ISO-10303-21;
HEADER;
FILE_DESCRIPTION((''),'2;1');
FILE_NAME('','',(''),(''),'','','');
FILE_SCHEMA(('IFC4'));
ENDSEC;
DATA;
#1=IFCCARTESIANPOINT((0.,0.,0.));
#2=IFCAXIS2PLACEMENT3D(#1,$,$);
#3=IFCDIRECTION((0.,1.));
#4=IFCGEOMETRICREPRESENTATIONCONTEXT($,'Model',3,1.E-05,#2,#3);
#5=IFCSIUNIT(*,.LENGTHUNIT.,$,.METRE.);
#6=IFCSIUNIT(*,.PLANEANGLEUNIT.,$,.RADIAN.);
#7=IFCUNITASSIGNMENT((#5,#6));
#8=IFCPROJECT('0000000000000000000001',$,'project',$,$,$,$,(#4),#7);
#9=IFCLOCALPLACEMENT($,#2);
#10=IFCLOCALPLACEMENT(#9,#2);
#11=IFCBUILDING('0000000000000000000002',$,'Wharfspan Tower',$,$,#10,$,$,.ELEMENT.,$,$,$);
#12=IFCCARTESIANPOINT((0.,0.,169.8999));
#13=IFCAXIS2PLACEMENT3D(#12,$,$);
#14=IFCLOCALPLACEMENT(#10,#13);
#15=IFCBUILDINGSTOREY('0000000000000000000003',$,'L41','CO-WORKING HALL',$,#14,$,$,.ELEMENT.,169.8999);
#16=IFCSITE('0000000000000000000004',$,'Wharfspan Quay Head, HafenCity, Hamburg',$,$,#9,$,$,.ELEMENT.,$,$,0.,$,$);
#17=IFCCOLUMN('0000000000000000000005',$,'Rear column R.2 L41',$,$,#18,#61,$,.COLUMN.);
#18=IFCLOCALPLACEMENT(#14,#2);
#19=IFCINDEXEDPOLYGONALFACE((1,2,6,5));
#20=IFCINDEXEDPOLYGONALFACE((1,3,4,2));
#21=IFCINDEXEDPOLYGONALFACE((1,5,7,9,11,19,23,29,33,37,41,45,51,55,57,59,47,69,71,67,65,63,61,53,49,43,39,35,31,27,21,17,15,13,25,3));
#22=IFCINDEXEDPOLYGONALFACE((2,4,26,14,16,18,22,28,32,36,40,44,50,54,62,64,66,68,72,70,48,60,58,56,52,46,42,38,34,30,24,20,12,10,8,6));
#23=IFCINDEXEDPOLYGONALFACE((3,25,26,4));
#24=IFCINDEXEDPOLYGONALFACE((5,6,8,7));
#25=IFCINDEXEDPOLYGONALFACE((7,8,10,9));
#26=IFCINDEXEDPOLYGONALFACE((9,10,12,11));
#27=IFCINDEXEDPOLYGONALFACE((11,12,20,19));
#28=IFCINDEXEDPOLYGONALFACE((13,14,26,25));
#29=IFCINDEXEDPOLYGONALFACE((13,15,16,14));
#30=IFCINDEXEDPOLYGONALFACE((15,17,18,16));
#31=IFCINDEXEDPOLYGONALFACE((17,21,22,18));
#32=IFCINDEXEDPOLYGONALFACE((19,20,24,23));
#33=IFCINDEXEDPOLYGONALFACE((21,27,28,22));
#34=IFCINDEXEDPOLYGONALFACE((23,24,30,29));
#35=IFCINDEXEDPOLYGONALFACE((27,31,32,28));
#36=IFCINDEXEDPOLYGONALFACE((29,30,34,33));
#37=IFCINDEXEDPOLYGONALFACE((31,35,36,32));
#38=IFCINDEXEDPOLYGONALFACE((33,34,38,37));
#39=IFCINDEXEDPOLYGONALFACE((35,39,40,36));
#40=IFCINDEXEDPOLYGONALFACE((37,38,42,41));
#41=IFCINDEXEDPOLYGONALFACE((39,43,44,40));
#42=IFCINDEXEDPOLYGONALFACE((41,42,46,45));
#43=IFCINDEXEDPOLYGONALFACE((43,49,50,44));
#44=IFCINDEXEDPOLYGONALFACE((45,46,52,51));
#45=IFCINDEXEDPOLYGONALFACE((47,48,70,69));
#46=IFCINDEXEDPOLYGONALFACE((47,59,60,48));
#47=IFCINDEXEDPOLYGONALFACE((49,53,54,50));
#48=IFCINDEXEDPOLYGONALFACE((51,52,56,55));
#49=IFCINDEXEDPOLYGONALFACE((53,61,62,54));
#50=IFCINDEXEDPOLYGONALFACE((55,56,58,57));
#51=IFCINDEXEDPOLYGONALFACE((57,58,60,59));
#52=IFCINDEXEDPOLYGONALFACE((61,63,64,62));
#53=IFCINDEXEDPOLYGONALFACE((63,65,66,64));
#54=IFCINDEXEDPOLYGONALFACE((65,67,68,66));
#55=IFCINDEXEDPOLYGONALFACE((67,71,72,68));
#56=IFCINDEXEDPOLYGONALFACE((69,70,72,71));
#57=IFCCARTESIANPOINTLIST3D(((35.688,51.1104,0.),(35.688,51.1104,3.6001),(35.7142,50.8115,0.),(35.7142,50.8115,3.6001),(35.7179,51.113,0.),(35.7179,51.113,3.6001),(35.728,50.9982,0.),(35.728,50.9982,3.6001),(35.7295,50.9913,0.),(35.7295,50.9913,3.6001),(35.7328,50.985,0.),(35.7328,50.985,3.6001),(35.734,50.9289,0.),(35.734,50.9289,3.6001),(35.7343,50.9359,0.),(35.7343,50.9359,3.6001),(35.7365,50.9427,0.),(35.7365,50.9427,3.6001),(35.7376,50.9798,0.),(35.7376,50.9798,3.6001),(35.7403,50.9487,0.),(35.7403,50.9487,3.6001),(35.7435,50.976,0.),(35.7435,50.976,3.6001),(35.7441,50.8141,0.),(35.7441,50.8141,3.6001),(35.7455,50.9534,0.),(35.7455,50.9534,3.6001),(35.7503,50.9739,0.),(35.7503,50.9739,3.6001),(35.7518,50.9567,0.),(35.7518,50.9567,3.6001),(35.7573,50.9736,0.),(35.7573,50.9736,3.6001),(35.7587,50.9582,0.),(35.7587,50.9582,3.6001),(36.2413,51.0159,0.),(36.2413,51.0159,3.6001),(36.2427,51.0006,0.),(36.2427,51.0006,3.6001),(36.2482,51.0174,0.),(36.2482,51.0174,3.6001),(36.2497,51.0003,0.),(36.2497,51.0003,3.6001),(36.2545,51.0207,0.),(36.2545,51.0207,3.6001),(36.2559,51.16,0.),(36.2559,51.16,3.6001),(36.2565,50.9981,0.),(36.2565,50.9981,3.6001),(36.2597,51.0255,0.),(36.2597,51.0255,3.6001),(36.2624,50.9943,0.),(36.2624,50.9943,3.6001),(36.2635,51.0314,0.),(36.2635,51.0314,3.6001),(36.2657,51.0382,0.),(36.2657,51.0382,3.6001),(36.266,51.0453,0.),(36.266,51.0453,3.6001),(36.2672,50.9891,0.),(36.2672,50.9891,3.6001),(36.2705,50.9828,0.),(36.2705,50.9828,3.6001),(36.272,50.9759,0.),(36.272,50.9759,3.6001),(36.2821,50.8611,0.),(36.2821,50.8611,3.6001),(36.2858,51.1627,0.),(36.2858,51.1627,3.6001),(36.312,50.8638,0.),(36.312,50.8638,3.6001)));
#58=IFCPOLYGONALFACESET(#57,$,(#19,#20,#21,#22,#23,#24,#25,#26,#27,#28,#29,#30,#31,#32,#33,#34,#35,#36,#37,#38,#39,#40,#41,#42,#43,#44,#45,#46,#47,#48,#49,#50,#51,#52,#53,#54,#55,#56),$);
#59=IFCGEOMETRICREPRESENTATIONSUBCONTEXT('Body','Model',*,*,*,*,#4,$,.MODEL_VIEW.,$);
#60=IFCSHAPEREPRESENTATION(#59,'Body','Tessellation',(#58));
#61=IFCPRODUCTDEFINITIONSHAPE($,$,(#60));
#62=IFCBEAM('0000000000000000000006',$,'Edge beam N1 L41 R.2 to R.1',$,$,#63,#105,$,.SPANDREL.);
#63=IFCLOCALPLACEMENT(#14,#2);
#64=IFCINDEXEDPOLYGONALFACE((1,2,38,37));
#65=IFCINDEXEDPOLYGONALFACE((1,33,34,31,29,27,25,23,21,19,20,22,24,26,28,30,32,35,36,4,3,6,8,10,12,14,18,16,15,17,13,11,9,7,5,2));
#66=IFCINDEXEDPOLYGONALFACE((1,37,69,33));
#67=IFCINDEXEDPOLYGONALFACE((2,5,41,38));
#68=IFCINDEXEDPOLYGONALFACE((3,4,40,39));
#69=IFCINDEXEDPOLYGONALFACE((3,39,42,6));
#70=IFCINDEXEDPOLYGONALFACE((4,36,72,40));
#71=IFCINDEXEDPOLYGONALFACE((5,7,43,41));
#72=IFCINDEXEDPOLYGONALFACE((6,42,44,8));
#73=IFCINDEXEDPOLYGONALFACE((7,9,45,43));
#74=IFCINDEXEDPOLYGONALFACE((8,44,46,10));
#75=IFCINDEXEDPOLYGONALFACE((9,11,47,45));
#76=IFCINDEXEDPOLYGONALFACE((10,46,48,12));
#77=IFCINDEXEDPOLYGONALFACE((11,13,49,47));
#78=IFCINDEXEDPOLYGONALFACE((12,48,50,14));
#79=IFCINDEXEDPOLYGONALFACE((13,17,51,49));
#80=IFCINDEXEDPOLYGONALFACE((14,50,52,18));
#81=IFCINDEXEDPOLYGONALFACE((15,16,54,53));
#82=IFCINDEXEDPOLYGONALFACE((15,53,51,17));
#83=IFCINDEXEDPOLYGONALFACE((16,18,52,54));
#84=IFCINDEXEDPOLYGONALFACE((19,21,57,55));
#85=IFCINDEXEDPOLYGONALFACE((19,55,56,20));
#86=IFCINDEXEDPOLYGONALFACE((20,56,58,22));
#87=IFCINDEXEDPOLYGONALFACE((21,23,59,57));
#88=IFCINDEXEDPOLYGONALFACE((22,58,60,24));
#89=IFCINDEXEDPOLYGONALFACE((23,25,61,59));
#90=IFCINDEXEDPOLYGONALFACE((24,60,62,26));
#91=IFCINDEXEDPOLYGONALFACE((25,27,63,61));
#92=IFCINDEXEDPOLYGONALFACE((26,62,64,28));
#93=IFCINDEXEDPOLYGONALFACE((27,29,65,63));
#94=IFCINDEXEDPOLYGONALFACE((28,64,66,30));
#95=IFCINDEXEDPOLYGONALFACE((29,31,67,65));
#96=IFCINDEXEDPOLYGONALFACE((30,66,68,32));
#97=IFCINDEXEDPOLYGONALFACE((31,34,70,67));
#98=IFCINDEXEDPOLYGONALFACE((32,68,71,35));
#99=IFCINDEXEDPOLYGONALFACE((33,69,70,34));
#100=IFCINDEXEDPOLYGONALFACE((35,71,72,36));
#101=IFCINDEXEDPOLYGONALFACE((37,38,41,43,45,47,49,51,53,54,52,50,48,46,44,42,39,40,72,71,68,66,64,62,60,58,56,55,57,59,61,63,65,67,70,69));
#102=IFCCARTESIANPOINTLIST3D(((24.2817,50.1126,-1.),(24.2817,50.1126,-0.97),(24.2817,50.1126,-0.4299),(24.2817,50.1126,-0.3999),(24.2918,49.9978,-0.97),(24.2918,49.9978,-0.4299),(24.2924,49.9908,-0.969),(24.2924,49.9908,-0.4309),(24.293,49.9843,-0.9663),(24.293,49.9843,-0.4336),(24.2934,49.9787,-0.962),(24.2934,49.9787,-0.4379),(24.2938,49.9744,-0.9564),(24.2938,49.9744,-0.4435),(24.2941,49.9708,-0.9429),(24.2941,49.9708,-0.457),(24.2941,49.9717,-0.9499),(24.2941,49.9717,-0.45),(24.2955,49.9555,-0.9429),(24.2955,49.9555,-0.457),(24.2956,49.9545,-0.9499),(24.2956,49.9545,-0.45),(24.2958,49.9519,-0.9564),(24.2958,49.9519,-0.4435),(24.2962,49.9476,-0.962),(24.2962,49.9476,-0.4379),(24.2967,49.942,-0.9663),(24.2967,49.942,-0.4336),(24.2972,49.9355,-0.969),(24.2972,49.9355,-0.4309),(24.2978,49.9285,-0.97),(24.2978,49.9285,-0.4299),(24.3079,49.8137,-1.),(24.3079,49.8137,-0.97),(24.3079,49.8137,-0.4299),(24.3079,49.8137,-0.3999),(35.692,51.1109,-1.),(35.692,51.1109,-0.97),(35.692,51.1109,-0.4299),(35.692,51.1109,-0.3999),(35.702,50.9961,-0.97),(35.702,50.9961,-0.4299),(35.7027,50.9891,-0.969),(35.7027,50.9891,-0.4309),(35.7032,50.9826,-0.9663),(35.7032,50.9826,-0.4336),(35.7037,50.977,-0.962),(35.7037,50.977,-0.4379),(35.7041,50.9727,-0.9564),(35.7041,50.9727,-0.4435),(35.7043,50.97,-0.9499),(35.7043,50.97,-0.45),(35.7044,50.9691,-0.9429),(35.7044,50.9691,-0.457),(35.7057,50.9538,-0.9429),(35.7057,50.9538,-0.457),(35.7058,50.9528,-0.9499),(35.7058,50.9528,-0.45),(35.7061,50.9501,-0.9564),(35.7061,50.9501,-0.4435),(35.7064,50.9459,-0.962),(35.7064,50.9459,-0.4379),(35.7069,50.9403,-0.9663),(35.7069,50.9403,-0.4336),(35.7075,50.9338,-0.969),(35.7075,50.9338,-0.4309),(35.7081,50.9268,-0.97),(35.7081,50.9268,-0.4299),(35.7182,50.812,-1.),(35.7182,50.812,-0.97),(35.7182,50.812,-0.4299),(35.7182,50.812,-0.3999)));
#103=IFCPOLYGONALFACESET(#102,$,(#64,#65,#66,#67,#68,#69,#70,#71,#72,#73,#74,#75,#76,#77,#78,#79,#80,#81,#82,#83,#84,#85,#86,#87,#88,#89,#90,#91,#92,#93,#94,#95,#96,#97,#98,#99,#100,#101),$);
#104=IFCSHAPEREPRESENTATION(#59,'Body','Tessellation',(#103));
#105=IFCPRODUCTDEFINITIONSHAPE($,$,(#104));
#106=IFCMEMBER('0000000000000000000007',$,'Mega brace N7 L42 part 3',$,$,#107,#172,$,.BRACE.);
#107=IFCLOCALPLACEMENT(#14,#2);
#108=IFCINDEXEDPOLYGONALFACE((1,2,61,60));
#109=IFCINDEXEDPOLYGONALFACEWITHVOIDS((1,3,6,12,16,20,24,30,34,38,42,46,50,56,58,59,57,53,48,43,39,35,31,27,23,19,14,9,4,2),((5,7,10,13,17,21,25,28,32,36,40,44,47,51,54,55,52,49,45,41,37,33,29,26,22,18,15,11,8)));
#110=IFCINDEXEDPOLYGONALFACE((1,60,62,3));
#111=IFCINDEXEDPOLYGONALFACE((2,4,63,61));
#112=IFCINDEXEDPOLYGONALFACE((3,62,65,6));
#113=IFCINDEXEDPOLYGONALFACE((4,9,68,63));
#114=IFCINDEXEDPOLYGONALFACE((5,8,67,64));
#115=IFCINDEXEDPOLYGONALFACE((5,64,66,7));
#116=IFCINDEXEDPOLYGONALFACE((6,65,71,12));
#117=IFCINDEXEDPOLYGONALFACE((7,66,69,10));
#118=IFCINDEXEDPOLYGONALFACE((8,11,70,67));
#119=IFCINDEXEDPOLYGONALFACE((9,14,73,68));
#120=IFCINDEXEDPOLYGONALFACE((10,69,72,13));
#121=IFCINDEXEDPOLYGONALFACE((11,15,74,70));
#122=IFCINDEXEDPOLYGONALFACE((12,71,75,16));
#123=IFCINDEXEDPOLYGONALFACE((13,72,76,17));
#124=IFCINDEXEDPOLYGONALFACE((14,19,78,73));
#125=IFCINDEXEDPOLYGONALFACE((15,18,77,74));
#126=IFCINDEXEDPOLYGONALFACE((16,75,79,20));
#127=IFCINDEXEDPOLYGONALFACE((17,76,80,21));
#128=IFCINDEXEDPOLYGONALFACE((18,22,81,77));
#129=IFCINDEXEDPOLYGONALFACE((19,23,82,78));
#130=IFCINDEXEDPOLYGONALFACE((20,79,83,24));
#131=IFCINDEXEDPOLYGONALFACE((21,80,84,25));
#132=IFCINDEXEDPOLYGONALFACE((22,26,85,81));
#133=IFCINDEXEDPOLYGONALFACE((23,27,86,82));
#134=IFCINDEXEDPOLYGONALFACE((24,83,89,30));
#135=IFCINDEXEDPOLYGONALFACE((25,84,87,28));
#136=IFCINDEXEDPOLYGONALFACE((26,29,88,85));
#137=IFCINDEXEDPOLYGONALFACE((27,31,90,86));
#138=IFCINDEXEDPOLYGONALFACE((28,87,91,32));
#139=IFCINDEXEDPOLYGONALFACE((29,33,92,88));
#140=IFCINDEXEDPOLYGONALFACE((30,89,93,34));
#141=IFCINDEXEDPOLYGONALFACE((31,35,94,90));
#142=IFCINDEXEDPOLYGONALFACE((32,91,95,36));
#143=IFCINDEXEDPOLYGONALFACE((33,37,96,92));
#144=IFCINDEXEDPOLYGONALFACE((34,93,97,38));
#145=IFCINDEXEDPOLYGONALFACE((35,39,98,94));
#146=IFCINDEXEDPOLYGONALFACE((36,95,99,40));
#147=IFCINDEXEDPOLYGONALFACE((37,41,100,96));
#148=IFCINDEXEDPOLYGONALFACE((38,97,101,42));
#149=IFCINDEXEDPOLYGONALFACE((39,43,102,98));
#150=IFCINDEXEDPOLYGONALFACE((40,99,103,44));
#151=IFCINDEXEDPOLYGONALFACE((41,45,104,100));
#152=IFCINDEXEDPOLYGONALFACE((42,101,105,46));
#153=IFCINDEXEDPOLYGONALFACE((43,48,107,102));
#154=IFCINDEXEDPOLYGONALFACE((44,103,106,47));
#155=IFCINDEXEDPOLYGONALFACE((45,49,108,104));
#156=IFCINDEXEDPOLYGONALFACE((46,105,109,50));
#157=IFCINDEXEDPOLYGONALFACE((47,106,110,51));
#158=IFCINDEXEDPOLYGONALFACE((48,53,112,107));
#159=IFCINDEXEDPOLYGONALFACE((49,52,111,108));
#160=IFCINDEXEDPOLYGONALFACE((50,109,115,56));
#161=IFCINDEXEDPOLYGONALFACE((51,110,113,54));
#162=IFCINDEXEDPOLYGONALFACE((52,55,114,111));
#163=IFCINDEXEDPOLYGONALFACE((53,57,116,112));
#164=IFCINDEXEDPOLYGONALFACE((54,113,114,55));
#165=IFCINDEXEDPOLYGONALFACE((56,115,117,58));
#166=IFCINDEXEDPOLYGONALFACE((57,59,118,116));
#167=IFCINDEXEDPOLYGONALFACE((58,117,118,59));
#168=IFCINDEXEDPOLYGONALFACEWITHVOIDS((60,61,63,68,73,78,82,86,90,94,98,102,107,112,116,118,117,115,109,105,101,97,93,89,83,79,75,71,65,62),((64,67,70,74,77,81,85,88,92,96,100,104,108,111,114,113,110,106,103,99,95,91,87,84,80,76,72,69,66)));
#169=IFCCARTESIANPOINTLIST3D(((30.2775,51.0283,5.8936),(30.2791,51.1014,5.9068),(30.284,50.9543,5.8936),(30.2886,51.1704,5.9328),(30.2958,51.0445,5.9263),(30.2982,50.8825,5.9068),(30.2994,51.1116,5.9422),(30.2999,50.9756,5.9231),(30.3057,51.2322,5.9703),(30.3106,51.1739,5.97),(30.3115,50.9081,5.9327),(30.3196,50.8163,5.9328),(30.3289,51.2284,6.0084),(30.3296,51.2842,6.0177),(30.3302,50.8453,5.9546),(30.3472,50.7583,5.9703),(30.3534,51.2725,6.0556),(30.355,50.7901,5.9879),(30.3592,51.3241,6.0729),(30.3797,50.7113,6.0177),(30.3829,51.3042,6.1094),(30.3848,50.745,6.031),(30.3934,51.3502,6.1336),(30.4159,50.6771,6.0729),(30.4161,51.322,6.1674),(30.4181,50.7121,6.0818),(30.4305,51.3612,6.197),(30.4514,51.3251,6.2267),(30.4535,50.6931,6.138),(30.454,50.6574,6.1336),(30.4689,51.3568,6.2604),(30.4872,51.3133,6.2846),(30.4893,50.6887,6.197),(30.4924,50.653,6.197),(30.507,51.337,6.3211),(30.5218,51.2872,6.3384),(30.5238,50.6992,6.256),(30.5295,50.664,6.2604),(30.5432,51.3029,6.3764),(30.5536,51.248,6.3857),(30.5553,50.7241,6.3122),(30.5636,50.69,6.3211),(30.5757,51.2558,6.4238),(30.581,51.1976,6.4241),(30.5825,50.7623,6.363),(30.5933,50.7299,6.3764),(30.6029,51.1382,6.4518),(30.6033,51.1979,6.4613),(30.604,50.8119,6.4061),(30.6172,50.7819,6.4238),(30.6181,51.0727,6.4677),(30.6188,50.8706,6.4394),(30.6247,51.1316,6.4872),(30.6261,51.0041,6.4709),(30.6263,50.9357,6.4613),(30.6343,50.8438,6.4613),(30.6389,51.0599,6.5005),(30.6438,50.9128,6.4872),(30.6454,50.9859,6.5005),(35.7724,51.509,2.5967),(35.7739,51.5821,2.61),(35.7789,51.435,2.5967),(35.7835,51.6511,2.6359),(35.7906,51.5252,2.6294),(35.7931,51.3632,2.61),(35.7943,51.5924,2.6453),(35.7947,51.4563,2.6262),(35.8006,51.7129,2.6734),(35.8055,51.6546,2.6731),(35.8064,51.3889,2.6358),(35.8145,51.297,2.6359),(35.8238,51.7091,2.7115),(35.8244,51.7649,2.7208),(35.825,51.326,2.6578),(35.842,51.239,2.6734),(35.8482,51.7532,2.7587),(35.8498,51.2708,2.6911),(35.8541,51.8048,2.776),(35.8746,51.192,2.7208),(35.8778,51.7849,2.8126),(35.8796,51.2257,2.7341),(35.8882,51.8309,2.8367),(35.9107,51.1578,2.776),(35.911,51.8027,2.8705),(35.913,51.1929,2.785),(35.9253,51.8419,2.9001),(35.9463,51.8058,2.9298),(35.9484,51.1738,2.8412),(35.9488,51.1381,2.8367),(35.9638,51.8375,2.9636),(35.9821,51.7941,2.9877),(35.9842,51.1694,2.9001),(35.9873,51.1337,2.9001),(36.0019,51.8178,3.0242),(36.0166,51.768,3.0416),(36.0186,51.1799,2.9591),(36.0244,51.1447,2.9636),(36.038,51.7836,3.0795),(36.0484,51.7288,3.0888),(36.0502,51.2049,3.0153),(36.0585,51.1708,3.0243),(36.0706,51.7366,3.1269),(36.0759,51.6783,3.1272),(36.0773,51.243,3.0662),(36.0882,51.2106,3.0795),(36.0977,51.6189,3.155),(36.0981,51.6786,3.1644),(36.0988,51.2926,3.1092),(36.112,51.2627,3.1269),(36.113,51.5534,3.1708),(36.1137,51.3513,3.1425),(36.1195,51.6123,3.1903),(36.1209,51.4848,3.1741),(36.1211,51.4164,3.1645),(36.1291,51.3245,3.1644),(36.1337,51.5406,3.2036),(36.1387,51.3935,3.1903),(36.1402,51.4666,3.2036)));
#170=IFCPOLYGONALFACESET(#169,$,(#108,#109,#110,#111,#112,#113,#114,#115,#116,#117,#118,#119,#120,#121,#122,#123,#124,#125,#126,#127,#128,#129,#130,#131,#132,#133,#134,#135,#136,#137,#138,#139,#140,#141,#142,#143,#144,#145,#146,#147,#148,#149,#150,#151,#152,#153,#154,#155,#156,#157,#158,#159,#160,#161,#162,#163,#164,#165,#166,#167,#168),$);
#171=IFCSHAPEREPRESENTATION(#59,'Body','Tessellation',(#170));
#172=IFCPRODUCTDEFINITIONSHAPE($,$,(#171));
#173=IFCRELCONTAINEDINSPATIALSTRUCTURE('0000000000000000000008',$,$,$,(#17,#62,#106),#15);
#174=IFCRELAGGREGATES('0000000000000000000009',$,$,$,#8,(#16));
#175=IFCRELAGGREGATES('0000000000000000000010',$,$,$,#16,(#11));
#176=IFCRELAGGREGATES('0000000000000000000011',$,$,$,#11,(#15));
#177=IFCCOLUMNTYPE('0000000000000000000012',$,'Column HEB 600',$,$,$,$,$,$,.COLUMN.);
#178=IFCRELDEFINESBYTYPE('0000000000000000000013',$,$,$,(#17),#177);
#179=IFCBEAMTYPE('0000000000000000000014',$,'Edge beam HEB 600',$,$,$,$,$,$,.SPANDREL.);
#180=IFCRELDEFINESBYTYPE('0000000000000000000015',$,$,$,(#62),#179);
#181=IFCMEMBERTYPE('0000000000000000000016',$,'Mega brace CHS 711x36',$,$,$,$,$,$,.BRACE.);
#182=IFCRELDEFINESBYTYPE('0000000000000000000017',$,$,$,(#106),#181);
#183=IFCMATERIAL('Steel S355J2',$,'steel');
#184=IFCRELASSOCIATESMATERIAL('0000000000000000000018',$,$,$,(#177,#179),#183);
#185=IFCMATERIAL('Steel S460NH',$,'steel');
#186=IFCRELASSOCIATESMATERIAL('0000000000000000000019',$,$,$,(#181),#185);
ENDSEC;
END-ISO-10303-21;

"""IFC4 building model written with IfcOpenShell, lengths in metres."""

from ifc_helpers import new_model, si_unit, direction, frame, origin, origin_2d, place, context, subcontext, project, spatial, hollow_circle, i_section, extrude, material, material_profile, profile_set, type_object, element, save


model = new_model("IFC4")

# Units and contexts
model_context = context("Model", 3, precision=1e-05, world=origin(), true_north=direction((0.0, 1.0)))
body_context = subcontext(model_context, "Body", "Model", "MODEL_VIEW")
ifc_project = project(units=[si_unit("LENGTHUNIT", "METRE"), si_unit("PLANEANGLEUNIT", "RADIAN")], contexts=[model_context])

# Site, building, storey
site_placement = place(None, origin())
site = spatial("IfcSite", under=ifc_project, at=site_placement, Name="Wharfspan Quay Head, HafenCity, Hamburg", CompositionType="ELEMENT", RefElevation=0.0)
building_placement = place(site_placement, origin())
building = spatial("IfcBuilding", under=site, at=building_placement, Name="Wharfspan Tower", CompositionType="ELEMENT")
storey_placement = place(building_placement, frame((0.0, 0.0, 169.8999)))
storey = spatial("IfcBuildingStorey", under=building, at=storey_placement, Name="L41", Description="CO-WORKING HALL", CompositionType="ELEMENT", Elevation=169.8999)

# Column
ifc_material_1 = material(Name="Steel S355J2", Category="steel")
ifc_material_profile_1 = material_profile(ifc_material_1, i_section(OverallWidth=0.3, OverallDepth=0.6001, WebThickness=0.0154, FlangeThickness=0.03, FilletRadius=0.0271, at=origin_2d()))
ifc_profile_set_1 = profile_set([ifc_material_profile_1], Name="Steel S355J2")
column_type = type_object("IfcColumnType", Name="Column HEB 600", PredefinedType="COLUMN", material=ifc_profile_set_1)
column_placement = place(storey_placement, frame((36.0, 50.9871, 0.0), z_axis=(0.0, 0.0, 1.0), x_axis=(-0.087156, 0.996198, 0.0)))
element("IfcColumn", 1, at=column_placement, inside=storey, type_object=column_type, Name="Rear column R.2 L41", PredefinedType="COLUMN", context=body_context, shape_type="SweptSolid", body=[
    extrude(i_section(OverallWidth=0.3, OverallDepth=0.6001, WebThickness=0.0154, FlangeThickness=0.03, FilletRadius=0.0271, at=origin_2d()), origin(), (0.0, 0.0, 1.0), 3.6001),
])

# Beam
ifc_material_profile_2 = material_profile(ifc_material_1, i_section(OverallWidth=0.3, OverallDepth=0.6001, WebThickness=0.0154, FlangeThickness=0.03, FilletRadius=0.0271, at=origin_2d()))
ifc_profile_set_2 = profile_set([ifc_material_profile_2], Name="Steel S355J2")
beam_type = type_object("IfcBeamType", Name="Edge beam HEB 600", PredefinedType="SPANDREL", material=ifc_profile_set_2)
beam_placement = place(storey_placement, frame((35.7051, 50.9614, -0.7), z_axis=(-0.996194, -0.087158, 0.0), x_axis=(0.087158, -0.996194, 0.0)))
element("IfcBeam", 2, at=beam_placement, inside=storey, type_object=beam_type, Name="Edge beam N1 L41 R.2 to R.1", PredefinedType="SPANDREL", context=body_context, shape_type="SweptSolid", body=[
    extrude(i_section(OverallWidth=0.3, OverallDepth=0.6001, WebThickness=0.0154, FlangeThickness=0.03, FilletRadius=0.0271, at=origin_2d()), origin(), (0.0, 0.0, 1.0), 11.4539),
])

# Member
ifc_material_2 = material(Name="Steel S460NH", Category="steel")
ifc_material_profile_3 = material_profile(ifc_material_2, hollow_circle(Radius=0.3555, WallThickness=0.0359, at=origin_2d()))
ifc_profile_set_3 = profile_set([ifc_material_profile_3], Name="Steel S460NH")
member_type = type_object("IfcMemberType", Name="Mega brace CHS 711x36", PredefinedType="BRACE", material=ifc_profile_set_3)
member_placement = place(storey_placement, frame((35.9563, 51.4878, 2.9001), z_axis=(-0.855094, -0.074807, 0.513049), x_axis=(0.087152, -0.996192, 0.000002)))
element("IfcMember", 3, at=member_placement, inside=storey, type_object=member_type, Name="Mega brace N7 L42 part 3", PredefinedType="BRACE", context=body_context, shape_type="SweptSolid", body=[
    extrude(hollow_circle(Radius=0.3555, WallThickness=0.0359, at=origin_2d()), origin(), (0.0, 0.0, 1.0), 6.426),
])

save(model, "model.ifc")
